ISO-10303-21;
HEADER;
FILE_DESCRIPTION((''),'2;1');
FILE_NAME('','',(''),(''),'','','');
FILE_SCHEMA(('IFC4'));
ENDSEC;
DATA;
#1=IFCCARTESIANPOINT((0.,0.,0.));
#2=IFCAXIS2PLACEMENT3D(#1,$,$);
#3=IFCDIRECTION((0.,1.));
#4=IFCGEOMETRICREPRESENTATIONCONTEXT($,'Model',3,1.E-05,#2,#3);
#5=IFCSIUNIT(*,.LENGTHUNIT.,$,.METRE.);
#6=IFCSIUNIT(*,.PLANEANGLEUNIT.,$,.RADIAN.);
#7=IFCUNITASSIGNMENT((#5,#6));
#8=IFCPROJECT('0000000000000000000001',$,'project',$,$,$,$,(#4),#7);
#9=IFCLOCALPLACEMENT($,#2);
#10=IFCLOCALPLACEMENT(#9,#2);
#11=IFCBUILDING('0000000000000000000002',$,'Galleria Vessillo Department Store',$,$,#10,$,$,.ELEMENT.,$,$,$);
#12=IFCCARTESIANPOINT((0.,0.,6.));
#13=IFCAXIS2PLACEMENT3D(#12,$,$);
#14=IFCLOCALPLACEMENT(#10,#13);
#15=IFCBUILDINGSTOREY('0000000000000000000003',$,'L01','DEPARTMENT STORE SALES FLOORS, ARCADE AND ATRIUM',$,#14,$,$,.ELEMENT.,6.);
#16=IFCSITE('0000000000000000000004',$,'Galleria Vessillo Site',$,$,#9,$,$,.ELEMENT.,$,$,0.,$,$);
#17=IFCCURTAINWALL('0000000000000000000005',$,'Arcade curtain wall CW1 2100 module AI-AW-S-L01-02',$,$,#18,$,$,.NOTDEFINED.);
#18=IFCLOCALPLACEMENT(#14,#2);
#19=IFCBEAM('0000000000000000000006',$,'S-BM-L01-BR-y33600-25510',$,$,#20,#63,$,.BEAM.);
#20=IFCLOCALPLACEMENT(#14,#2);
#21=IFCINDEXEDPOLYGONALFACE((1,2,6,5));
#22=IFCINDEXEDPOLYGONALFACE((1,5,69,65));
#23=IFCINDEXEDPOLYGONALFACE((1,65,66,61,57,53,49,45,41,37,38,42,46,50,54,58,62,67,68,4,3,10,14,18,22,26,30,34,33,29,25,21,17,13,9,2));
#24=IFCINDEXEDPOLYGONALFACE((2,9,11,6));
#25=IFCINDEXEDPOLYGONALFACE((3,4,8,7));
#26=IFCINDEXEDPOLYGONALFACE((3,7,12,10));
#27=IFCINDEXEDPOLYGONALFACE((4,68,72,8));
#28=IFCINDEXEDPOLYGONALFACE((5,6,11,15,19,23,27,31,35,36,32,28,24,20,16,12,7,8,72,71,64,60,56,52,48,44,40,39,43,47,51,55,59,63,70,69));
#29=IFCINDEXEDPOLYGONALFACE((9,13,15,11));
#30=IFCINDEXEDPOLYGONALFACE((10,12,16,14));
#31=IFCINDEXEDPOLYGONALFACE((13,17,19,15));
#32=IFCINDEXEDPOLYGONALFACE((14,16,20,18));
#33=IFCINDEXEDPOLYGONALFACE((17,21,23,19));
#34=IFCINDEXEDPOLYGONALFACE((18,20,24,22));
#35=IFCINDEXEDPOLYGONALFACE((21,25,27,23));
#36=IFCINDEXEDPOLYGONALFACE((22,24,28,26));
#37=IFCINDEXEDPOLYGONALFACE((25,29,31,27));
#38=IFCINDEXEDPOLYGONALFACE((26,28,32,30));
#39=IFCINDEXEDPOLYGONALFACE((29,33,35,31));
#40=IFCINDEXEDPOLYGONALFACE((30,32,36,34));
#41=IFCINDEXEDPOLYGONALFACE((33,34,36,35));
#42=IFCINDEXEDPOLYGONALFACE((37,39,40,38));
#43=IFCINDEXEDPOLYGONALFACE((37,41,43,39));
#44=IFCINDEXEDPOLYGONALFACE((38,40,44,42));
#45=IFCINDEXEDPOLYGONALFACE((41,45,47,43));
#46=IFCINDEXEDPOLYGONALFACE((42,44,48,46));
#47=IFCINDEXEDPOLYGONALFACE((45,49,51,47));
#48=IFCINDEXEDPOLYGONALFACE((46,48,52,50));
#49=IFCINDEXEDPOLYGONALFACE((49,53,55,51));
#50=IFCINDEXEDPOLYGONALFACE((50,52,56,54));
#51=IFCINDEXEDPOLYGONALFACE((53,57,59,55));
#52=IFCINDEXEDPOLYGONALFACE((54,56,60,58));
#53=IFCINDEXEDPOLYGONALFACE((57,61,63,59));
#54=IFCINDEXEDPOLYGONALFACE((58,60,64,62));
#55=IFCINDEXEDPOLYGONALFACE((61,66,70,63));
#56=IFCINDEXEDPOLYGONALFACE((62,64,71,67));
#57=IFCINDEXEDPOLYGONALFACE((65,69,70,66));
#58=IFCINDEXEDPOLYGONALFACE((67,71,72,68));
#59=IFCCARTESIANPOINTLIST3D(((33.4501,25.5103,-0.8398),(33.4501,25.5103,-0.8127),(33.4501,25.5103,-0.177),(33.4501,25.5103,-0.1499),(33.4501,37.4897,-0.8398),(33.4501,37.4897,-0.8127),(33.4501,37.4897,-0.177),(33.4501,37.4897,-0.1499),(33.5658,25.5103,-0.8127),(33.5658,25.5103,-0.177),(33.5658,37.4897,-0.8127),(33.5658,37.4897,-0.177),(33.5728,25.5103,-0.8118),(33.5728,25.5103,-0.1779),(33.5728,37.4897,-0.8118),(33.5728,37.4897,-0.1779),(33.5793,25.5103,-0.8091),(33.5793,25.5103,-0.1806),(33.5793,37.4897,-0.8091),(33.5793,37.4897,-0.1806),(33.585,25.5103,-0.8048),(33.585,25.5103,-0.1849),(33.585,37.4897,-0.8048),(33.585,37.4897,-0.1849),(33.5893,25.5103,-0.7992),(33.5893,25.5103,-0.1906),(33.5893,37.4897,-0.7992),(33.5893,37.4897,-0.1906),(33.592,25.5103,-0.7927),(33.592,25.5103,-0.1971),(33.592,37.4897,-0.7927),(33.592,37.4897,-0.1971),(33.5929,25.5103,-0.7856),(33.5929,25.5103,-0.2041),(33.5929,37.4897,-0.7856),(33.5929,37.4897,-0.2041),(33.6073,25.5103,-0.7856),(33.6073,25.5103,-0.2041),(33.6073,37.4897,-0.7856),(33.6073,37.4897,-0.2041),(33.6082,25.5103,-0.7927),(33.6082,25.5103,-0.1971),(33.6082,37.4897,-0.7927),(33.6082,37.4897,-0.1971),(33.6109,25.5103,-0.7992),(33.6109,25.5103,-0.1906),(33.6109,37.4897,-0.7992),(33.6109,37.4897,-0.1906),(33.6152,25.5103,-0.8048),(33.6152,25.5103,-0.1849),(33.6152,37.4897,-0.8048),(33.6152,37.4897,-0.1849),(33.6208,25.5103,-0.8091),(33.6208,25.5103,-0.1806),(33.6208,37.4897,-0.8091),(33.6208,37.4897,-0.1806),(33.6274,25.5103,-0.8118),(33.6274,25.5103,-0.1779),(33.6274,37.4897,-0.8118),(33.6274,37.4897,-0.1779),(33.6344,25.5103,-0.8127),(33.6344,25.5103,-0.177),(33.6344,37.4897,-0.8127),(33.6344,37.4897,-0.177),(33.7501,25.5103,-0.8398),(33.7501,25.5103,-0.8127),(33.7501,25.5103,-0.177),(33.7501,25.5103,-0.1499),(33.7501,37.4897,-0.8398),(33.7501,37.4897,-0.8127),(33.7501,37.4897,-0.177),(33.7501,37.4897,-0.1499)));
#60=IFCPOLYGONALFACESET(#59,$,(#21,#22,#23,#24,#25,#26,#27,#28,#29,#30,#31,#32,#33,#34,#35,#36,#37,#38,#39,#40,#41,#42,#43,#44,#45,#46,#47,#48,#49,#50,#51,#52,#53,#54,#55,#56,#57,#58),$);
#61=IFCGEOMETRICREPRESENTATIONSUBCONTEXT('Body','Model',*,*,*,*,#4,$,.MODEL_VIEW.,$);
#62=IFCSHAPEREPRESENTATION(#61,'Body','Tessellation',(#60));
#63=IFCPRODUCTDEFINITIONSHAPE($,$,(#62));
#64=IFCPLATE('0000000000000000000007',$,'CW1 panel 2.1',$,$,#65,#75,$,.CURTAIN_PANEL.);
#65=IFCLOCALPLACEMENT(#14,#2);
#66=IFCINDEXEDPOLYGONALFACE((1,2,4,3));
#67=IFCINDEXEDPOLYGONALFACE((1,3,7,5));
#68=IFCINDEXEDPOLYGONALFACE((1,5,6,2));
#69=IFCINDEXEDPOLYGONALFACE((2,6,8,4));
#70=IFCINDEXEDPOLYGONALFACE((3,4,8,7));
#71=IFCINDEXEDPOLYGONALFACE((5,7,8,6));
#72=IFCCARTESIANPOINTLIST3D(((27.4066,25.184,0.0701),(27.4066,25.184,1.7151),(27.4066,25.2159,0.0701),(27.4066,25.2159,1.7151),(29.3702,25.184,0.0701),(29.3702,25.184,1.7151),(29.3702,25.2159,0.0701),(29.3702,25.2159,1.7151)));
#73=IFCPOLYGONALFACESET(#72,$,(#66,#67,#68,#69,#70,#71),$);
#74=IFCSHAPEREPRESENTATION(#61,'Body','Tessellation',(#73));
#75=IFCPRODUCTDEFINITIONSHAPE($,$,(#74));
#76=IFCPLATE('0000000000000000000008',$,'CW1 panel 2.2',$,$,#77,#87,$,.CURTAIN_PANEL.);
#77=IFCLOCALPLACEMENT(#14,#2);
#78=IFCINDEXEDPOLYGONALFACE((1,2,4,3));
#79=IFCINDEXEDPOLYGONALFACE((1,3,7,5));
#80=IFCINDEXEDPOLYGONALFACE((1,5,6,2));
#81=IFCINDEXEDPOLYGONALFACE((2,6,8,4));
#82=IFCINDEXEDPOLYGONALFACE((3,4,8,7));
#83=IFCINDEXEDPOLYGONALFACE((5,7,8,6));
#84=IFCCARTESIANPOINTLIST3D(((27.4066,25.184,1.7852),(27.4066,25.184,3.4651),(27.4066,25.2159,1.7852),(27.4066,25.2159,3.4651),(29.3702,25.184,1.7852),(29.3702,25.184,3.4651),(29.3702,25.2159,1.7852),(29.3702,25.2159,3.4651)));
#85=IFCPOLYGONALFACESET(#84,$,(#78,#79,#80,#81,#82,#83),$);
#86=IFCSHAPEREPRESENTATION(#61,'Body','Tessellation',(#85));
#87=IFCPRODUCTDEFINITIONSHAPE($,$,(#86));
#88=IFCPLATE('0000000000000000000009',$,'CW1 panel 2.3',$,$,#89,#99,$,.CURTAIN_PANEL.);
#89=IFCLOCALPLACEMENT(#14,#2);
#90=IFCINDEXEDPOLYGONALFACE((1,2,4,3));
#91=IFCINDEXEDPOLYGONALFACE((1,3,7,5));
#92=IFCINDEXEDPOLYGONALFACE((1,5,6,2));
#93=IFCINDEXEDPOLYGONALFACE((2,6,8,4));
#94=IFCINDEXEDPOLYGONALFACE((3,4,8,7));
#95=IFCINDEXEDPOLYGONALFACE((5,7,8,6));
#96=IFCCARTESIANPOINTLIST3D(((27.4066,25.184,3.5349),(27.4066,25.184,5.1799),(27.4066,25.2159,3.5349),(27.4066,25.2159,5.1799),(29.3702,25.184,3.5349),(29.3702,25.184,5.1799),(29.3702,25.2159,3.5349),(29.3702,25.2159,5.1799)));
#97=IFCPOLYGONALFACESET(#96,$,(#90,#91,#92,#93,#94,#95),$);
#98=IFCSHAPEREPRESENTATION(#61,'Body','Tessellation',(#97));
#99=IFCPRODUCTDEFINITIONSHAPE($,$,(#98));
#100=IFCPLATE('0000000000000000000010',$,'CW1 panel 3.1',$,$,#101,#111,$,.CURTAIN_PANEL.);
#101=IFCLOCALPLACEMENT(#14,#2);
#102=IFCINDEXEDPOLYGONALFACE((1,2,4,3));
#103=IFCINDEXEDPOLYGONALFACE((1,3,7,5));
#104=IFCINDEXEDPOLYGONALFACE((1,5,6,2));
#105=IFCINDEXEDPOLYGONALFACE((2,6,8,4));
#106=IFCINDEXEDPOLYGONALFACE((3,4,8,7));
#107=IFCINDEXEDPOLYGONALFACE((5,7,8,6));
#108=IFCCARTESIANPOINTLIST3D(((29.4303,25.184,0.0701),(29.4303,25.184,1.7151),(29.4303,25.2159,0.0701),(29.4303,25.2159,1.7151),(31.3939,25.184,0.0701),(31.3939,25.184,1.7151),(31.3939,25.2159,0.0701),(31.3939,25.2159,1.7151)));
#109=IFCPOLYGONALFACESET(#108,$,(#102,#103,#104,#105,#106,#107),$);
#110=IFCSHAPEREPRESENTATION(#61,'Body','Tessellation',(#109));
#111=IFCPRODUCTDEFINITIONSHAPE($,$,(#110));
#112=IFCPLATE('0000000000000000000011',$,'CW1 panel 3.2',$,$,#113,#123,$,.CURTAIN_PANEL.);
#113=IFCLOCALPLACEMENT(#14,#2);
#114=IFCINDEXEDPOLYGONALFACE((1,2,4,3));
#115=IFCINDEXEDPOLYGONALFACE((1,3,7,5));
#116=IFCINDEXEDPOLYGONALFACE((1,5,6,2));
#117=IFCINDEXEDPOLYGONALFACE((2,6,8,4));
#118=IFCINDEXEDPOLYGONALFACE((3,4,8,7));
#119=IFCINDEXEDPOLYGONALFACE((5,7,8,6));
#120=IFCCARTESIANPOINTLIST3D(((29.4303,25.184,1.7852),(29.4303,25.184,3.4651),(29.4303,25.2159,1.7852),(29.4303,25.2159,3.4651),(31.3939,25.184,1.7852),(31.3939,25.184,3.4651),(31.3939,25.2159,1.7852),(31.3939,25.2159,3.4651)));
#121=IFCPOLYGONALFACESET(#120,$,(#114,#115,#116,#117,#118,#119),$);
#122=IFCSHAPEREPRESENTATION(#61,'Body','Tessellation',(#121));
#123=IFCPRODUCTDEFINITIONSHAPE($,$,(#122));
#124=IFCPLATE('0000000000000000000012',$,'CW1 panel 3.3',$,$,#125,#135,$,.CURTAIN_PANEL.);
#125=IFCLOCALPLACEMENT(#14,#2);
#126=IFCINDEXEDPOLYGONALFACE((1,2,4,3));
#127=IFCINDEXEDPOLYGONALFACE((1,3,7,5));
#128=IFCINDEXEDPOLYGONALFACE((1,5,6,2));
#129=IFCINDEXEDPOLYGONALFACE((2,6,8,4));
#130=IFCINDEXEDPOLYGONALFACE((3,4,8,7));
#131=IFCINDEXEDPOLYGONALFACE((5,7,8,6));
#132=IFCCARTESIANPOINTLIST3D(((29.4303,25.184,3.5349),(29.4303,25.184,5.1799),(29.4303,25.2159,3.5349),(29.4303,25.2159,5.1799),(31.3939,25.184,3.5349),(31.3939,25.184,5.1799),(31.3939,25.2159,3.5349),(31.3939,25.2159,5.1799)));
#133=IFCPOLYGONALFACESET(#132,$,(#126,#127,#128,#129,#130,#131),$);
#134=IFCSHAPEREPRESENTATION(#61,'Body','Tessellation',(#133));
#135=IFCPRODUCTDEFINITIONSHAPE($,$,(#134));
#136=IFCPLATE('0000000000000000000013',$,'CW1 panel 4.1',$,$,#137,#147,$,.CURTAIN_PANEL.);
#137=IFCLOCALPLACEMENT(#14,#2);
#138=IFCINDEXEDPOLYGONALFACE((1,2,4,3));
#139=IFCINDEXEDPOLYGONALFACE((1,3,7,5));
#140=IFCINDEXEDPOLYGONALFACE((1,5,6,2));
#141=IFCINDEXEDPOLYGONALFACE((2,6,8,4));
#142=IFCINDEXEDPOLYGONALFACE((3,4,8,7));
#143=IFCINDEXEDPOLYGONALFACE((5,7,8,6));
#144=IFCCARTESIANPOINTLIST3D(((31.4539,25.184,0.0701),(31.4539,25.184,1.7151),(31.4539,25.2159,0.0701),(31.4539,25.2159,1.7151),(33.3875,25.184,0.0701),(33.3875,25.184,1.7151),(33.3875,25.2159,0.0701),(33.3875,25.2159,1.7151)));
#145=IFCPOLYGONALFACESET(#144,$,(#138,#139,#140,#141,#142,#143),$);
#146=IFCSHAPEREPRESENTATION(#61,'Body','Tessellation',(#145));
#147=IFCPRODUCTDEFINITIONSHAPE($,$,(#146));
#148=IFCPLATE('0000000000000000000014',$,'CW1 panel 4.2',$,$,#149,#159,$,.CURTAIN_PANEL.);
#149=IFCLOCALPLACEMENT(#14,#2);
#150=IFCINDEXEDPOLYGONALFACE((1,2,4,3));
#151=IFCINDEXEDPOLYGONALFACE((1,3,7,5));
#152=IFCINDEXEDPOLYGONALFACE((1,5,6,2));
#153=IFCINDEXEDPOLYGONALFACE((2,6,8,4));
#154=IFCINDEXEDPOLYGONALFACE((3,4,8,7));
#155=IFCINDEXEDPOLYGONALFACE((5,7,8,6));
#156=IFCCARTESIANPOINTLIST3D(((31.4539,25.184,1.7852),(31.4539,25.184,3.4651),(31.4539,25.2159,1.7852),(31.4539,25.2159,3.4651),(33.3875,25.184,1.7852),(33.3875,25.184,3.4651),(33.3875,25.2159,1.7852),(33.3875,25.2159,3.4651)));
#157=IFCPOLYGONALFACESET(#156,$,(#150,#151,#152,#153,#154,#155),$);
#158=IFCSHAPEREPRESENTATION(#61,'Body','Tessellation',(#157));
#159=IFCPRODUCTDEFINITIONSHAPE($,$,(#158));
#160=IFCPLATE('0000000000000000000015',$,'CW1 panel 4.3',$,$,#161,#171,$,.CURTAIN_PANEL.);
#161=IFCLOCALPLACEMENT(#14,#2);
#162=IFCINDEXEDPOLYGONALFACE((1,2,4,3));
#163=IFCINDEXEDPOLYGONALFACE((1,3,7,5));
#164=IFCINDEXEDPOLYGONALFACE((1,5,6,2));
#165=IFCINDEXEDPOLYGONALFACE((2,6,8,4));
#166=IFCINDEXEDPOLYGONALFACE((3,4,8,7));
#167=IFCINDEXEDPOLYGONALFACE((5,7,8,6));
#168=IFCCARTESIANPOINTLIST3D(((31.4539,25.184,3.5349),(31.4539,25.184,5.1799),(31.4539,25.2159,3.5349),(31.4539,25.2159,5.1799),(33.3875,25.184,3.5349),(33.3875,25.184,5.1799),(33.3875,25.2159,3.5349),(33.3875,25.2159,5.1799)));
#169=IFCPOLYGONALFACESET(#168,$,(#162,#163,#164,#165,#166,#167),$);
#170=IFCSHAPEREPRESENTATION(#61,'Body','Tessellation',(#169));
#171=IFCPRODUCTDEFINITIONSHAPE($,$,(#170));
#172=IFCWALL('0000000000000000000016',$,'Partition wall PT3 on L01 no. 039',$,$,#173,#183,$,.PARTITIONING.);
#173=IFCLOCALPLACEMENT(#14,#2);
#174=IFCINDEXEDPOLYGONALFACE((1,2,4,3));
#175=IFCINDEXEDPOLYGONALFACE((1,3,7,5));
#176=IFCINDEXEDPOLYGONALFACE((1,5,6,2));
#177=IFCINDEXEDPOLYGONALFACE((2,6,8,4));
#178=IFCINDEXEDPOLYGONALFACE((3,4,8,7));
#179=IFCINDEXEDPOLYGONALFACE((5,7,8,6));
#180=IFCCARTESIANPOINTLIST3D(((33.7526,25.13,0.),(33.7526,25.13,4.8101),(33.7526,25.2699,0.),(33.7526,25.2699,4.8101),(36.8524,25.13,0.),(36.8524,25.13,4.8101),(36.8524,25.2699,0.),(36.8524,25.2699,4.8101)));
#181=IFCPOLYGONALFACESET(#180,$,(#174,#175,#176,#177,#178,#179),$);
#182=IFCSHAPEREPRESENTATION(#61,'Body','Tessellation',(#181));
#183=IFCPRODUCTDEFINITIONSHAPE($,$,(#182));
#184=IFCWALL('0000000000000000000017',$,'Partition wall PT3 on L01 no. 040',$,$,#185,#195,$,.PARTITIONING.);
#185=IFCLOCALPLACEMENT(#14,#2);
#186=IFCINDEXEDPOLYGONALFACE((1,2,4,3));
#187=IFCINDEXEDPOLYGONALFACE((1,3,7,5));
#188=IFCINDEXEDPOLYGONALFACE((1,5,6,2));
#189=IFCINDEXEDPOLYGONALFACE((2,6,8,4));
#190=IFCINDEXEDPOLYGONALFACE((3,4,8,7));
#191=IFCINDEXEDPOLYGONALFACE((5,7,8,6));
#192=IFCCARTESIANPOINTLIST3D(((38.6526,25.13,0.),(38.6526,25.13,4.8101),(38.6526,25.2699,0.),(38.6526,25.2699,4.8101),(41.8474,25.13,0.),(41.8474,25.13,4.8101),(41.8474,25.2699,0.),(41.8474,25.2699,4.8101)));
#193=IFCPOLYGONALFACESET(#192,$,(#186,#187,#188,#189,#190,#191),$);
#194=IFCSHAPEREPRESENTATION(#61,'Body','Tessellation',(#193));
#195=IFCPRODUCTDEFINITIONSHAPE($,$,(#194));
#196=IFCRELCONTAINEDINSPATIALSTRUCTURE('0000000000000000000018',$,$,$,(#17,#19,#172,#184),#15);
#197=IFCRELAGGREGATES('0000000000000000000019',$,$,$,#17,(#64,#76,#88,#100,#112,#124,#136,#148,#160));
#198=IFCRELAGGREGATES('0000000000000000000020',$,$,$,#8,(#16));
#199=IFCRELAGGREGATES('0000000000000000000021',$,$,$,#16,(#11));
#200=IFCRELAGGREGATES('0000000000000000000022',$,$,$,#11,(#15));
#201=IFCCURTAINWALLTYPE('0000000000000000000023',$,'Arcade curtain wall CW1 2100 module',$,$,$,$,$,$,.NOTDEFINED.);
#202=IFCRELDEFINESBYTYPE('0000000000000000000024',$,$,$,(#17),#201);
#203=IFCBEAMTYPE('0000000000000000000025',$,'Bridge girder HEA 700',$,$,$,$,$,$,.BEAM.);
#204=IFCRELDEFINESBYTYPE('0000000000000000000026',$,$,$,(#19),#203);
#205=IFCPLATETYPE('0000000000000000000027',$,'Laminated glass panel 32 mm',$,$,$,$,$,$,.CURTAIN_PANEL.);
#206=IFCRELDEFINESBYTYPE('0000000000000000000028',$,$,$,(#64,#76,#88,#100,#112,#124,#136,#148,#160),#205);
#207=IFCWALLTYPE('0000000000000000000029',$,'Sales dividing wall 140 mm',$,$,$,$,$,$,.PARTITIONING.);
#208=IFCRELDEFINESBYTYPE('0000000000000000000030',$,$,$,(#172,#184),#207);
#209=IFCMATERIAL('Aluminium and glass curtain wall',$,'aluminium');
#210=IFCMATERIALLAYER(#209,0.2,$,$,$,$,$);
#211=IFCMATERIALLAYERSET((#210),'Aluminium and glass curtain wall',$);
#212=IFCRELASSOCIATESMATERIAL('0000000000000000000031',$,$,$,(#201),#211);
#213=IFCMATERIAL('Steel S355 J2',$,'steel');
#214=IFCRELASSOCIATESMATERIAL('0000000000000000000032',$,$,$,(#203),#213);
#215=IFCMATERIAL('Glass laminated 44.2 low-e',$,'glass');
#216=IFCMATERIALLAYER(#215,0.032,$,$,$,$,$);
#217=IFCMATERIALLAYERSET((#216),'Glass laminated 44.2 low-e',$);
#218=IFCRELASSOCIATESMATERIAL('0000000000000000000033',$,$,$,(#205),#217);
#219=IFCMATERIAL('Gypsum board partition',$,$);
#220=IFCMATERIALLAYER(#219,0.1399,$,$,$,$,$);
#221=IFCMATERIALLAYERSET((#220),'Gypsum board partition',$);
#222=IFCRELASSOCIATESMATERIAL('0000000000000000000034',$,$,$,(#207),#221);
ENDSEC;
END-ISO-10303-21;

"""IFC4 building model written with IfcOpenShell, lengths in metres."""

from ifc_helpers import new_model, si_unit, direction, frame, frame_2d, origin, origin_2d, place, context, subcontext, project, spatial, rectangle, i_section, extrude, material, layer, layer_set, material_profile, profile_set, type_object, element, aggregate, save


model = new_model("IFC4")

# Units and contexts
model_context = context("Model", 3, precision=1e-05, world=origin(), true_north=direction((0.0, 1.0)))
body_context = subcontext(model_context, "Body", "Model", "MODEL_VIEW")
ifc_project = project(units=[si_unit("LENGTHUNIT", "METRE"), si_unit("PLANEANGLEUNIT", "RADIAN")], contexts=[model_context])

# Site, building, storey
site_placement = place(None, origin())
site = spatial("IfcSite", under=ifc_project, at=site_placement, Name="Galleria Vessillo Site", CompositionType="ELEMENT", RefElevation=0.0)
building_placement = place(site_placement, origin())
building = spatial("IfcBuilding", under=site, at=building_placement, Name="Galleria Vessillo Department Store", CompositionType="ELEMENT")
storey_placement = place(building_placement, frame((0.0, 0.0, 6.0)))
storey = spatial("IfcBuildingStorey", under=building, at=storey_placement, Name="L01", Description="DEPARTMENT STORE SALES FLOORS, ARCADE AND ATRIUM", CompositionType="ELEMENT", Elevation=6.0)

# Curtain wall
ifc_material_1 = material(Name="Aluminium and glass curtain wall", Category="aluminium")
ifc_layer_1 = layer(ifc_material_1, 0.2)
ifc_layer_set_1 = layer_set([ifc_layer_1], Name="Aluminium and glass curtain wall")
curtain_wall_type = type_object("IfcCurtainWallType", Name="Arcade curtain wall CW1 2100 module", PredefinedType="NOTDEFINED", material=ifc_layer_set_1)
curtain_wall_placement = place(storey_placement, origin())
curtain_wall = element("IfcCurtainWall", 1, at=curtain_wall_placement, inside=storey, type_object=curtain_wall_type, Name="Arcade curtain wall CW1 2100 module AI-AW-S-L01-02", PredefinedType="NOTDEFINED")

# Beam
ifc_material_2 = material(Name="Steel S355 J2", Category="steel")
ifc_material_profile_1 = material_profile(ifc_material_2, i_section(OverallWidth=0.3, OverallDepth=0.6899, WebThickness=0.0144, FlangeThickness=0.0271, FilletRadius=0.0271, at=origin_2d()), Name="HEA 700")
ifc_profile_set_1 = profile_set([ifc_material_profile_1], Name="Steel S355 J2")
beam_type = type_object("IfcBeamType", Name="Bridge girder HEA 700", PredefinedType="BEAM", material=ifc_profile_set_1)
beam_placement = place(storey_placement, frame((33.6001, 25.5103, -0.4949), z_axis=(0.0, 1.0, 0.0), x_axis=(-1.0, 0.0, 0.0)))
element("IfcBeam", 2, at=beam_placement, inside=storey, type_object=beam_type, Name="S-BM-L01-BR-y33600-25510", PredefinedType="BEAM", context=body_context, shape_type="SweptSolid", body=[
    extrude(i_section(OverallWidth=0.3, OverallDepth=0.6899, WebThickness=0.0144, FlangeThickness=0.0271, FilletRadius=0.0271, at=origin_2d()), origin(), (0.0, 0.0, 1.0), 11.9795),
])

# Plates
ifc_material_3 = material(Name="Glass laminated 44.2 low-e", Category="glass")
ifc_layer_2 = layer(ifc_material_3, 0.032)
ifc_layer_set_2 = layer_set([ifc_layer_2], Name="Glass laminated 44.2 low-e")
plate_type = type_object("IfcPlateType", Name="Laminated glass panel 32 mm", PredefinedType="CURTAIN_PANEL", material=ifc_layer_set_2)
plate_1_placement = place(storey_placement, frame((28.3884, 25.2, 0.0701), z_axis=(0.0, 0.0, 1.0), x_axis=(1.0, 0.0, 0.0)))
plate_1 = element("IfcPlate", 3, at=plate_1_placement, type_object=plate_type, Name="CW1 panel 2.1", PredefinedType="CURTAIN_PANEL", context=body_context, shape_type="SweptSolid", body=[
    extrude(rectangle(XDim=1.9636, YDim=0.032, at=origin_2d()), origin(), (0.0, 0.0, 1.0), 1.645),
])
plate_2_placement = place(storey_placement, frame((28.3884, 25.2, 1.7852), z_axis=(0.0, 0.0, 1.0), x_axis=(1.0, 0.0, 0.0)))
plate_2 = element("IfcPlate", 4, at=plate_2_placement, type_object=plate_type, Name="CW1 panel 2.2", PredefinedType="CURTAIN_PANEL", context=body_context, shape_type="SweptSolid", body=[
    extrude(rectangle(XDim=1.9636, YDim=0.032, at=origin_2d()), origin(), (0.0, 0.0, 1.0), 1.6799),
])
plate_3_placement = place(storey_placement, frame((28.3884, 25.2, 3.5349), z_axis=(0.0, 0.0, 1.0), x_axis=(1.0, 0.0, 0.0)))
plate_3 = element("IfcPlate", 5, at=plate_3_placement, type_object=plate_type, Name="CW1 panel 2.3", PredefinedType="CURTAIN_PANEL", context=body_context, shape_type="SweptSolid", body=[
    extrude(rectangle(XDim=1.9636, YDim=0.032, at=origin_2d()), origin(), (0.0, 0.0, 1.0), 1.645),
])
plate_4_placement = place(storey_placement, frame((30.4121, 25.2, 0.0701), z_axis=(0.0, 0.0, 1.0), x_axis=(1.0, 0.0, 0.0)))
plate_4 = element("IfcPlate", 6, at=plate_4_placement, type_object=plate_type, Name="CW1 panel 3.1", PredefinedType="CURTAIN_PANEL", context=body_context, shape_type="SweptSolid", body=[
    extrude(rectangle(XDim=1.9636, YDim=0.032, at=origin_2d()), origin(), (0.0, 0.0, 1.0), 1.645),
])
plate_5_placement = place(storey_placement, frame((30.4121, 25.2, 1.7852), z_axis=(0.0, 0.0, 1.0), x_axis=(1.0, 0.0, 0.0)))
plate_5 = element("IfcPlate", 7, at=plate_5_placement, type_object=plate_type, Name="CW1 panel 3.2", PredefinedType="CURTAIN_PANEL", context=body_context, shape_type="SweptSolid", body=[
    extrude(rectangle(XDim=1.9636, YDim=0.032, at=origin_2d()), origin(), (0.0, 0.0, 1.0), 1.6799),
])
plate_6_placement = place(storey_placement, frame((30.4121, 25.2, 3.5349), z_axis=(0.0, 0.0, 1.0), x_axis=(1.0, 0.0, 0.0)))
plate_6 = element("IfcPlate", 8, at=plate_6_placement, type_object=plate_type, Name="CW1 panel 3.3", PredefinedType="CURTAIN_PANEL", context=body_context, shape_type="SweptSolid", body=[
    extrude(rectangle(XDim=1.9636, YDim=0.032, at=origin_2d()), origin(), (0.0, 0.0, 1.0), 1.645),
])
plate_7_placement = place(storey_placement, frame((32.4207, 25.2, 0.0701), z_axis=(0.0, 0.0, 1.0), x_axis=(1.0, 0.0, 0.0)))
plate_7 = element("IfcPlate", 9, at=plate_7_placement, type_object=plate_type, Name="CW1 panel 4.1", PredefinedType="CURTAIN_PANEL", context=body_context, shape_type="SweptSolid", body=[
    extrude(rectangle(XDim=1.9336, YDim=0.032, at=origin_2d()), origin(), (0.0, 0.0, 1.0), 1.645),
])
plate_8_placement = place(storey_placement, frame((32.4207, 25.2, 1.7852), z_axis=(0.0, 0.0, 1.0), x_axis=(1.0, 0.0, 0.0)))
plate_8 = element("IfcPlate", 10, at=plate_8_placement, type_object=plate_type, Name="CW1 panel 4.2", PredefinedType="CURTAIN_PANEL", context=body_context, shape_type="SweptSolid", body=[
    extrude(rectangle(XDim=1.9336, YDim=0.032, at=origin_2d()), origin(), (0.0, 0.0, 1.0), 1.6799),
])
plate_9_placement = place(storey_placement, frame((32.4207, 25.2, 3.5349), z_axis=(0.0, 0.0, 1.0), x_axis=(1.0, 0.0, 0.0)))
plate_9 = element("IfcPlate", 11, at=plate_9_placement, type_object=plate_type, Name="CW1 panel 4.3", PredefinedType="CURTAIN_PANEL", context=body_context, shape_type="SweptSolid", body=[
    extrude(rectangle(XDim=1.9336, YDim=0.032, at=origin_2d()), origin(), (0.0, 0.0, 1.0), 1.645),
])
aggregate(curtain_wall, [plate_1, plate_2, plate_3, plate_4, plate_5, plate_6, plate_7, plate_8, plate_9])

# Walls
ifc_material_4 = material(Name="Gypsum board partition")
ifc_layer_3 = layer(ifc_material_4, 0.1399)
ifc_layer_set_3 = layer_set([ifc_layer_3], Name="Gypsum board partition")
wall_type = type_object("IfcWallType", Name="Sales dividing wall 140 mm", PredefinedType="PARTITIONING", material=ifc_layer_set_3)
wall_1_placement = place(storey_placement, frame((33.7527, 25.2, 0.0), z_axis=(0.0, 0.0, 1.0), x_axis=(1.0, 0.0, 0.0)))
element("IfcWall", 12, at=wall_1_placement, inside=storey, type_object=wall_type, Name="Partition wall PT3 on L01 no. 039", PredefinedType="PARTITIONING", context=body_context, shape_type="SweptSolid", body=[
    extrude(rectangle(XDim=3.0999, YDim=0.1399, at=frame_2d((1.5498, 0.0))), origin(), (0.0, 0.0, 1.0), 4.8101),
])
wall_2_placement = place(storey_placement, frame((38.6526, 25.2, 0.0), z_axis=(0.0, 0.0, 1.0), x_axis=(1.0, 0.0, 0.0)))
element("IfcWall", 13, at=wall_2_placement, inside=storey, type_object=wall_type, Name="Partition wall PT3 on L01 no. 040", PredefinedType="PARTITIONING", context=body_context, shape_type="SweptSolid", body=[
    extrude(rectangle(XDim=3.1948, YDim=0.1399, at=frame_2d((1.5974, 0.0))), origin(), (0.0, 0.0, 1.0), 4.8101),
])

save(model, "model.ifc")
